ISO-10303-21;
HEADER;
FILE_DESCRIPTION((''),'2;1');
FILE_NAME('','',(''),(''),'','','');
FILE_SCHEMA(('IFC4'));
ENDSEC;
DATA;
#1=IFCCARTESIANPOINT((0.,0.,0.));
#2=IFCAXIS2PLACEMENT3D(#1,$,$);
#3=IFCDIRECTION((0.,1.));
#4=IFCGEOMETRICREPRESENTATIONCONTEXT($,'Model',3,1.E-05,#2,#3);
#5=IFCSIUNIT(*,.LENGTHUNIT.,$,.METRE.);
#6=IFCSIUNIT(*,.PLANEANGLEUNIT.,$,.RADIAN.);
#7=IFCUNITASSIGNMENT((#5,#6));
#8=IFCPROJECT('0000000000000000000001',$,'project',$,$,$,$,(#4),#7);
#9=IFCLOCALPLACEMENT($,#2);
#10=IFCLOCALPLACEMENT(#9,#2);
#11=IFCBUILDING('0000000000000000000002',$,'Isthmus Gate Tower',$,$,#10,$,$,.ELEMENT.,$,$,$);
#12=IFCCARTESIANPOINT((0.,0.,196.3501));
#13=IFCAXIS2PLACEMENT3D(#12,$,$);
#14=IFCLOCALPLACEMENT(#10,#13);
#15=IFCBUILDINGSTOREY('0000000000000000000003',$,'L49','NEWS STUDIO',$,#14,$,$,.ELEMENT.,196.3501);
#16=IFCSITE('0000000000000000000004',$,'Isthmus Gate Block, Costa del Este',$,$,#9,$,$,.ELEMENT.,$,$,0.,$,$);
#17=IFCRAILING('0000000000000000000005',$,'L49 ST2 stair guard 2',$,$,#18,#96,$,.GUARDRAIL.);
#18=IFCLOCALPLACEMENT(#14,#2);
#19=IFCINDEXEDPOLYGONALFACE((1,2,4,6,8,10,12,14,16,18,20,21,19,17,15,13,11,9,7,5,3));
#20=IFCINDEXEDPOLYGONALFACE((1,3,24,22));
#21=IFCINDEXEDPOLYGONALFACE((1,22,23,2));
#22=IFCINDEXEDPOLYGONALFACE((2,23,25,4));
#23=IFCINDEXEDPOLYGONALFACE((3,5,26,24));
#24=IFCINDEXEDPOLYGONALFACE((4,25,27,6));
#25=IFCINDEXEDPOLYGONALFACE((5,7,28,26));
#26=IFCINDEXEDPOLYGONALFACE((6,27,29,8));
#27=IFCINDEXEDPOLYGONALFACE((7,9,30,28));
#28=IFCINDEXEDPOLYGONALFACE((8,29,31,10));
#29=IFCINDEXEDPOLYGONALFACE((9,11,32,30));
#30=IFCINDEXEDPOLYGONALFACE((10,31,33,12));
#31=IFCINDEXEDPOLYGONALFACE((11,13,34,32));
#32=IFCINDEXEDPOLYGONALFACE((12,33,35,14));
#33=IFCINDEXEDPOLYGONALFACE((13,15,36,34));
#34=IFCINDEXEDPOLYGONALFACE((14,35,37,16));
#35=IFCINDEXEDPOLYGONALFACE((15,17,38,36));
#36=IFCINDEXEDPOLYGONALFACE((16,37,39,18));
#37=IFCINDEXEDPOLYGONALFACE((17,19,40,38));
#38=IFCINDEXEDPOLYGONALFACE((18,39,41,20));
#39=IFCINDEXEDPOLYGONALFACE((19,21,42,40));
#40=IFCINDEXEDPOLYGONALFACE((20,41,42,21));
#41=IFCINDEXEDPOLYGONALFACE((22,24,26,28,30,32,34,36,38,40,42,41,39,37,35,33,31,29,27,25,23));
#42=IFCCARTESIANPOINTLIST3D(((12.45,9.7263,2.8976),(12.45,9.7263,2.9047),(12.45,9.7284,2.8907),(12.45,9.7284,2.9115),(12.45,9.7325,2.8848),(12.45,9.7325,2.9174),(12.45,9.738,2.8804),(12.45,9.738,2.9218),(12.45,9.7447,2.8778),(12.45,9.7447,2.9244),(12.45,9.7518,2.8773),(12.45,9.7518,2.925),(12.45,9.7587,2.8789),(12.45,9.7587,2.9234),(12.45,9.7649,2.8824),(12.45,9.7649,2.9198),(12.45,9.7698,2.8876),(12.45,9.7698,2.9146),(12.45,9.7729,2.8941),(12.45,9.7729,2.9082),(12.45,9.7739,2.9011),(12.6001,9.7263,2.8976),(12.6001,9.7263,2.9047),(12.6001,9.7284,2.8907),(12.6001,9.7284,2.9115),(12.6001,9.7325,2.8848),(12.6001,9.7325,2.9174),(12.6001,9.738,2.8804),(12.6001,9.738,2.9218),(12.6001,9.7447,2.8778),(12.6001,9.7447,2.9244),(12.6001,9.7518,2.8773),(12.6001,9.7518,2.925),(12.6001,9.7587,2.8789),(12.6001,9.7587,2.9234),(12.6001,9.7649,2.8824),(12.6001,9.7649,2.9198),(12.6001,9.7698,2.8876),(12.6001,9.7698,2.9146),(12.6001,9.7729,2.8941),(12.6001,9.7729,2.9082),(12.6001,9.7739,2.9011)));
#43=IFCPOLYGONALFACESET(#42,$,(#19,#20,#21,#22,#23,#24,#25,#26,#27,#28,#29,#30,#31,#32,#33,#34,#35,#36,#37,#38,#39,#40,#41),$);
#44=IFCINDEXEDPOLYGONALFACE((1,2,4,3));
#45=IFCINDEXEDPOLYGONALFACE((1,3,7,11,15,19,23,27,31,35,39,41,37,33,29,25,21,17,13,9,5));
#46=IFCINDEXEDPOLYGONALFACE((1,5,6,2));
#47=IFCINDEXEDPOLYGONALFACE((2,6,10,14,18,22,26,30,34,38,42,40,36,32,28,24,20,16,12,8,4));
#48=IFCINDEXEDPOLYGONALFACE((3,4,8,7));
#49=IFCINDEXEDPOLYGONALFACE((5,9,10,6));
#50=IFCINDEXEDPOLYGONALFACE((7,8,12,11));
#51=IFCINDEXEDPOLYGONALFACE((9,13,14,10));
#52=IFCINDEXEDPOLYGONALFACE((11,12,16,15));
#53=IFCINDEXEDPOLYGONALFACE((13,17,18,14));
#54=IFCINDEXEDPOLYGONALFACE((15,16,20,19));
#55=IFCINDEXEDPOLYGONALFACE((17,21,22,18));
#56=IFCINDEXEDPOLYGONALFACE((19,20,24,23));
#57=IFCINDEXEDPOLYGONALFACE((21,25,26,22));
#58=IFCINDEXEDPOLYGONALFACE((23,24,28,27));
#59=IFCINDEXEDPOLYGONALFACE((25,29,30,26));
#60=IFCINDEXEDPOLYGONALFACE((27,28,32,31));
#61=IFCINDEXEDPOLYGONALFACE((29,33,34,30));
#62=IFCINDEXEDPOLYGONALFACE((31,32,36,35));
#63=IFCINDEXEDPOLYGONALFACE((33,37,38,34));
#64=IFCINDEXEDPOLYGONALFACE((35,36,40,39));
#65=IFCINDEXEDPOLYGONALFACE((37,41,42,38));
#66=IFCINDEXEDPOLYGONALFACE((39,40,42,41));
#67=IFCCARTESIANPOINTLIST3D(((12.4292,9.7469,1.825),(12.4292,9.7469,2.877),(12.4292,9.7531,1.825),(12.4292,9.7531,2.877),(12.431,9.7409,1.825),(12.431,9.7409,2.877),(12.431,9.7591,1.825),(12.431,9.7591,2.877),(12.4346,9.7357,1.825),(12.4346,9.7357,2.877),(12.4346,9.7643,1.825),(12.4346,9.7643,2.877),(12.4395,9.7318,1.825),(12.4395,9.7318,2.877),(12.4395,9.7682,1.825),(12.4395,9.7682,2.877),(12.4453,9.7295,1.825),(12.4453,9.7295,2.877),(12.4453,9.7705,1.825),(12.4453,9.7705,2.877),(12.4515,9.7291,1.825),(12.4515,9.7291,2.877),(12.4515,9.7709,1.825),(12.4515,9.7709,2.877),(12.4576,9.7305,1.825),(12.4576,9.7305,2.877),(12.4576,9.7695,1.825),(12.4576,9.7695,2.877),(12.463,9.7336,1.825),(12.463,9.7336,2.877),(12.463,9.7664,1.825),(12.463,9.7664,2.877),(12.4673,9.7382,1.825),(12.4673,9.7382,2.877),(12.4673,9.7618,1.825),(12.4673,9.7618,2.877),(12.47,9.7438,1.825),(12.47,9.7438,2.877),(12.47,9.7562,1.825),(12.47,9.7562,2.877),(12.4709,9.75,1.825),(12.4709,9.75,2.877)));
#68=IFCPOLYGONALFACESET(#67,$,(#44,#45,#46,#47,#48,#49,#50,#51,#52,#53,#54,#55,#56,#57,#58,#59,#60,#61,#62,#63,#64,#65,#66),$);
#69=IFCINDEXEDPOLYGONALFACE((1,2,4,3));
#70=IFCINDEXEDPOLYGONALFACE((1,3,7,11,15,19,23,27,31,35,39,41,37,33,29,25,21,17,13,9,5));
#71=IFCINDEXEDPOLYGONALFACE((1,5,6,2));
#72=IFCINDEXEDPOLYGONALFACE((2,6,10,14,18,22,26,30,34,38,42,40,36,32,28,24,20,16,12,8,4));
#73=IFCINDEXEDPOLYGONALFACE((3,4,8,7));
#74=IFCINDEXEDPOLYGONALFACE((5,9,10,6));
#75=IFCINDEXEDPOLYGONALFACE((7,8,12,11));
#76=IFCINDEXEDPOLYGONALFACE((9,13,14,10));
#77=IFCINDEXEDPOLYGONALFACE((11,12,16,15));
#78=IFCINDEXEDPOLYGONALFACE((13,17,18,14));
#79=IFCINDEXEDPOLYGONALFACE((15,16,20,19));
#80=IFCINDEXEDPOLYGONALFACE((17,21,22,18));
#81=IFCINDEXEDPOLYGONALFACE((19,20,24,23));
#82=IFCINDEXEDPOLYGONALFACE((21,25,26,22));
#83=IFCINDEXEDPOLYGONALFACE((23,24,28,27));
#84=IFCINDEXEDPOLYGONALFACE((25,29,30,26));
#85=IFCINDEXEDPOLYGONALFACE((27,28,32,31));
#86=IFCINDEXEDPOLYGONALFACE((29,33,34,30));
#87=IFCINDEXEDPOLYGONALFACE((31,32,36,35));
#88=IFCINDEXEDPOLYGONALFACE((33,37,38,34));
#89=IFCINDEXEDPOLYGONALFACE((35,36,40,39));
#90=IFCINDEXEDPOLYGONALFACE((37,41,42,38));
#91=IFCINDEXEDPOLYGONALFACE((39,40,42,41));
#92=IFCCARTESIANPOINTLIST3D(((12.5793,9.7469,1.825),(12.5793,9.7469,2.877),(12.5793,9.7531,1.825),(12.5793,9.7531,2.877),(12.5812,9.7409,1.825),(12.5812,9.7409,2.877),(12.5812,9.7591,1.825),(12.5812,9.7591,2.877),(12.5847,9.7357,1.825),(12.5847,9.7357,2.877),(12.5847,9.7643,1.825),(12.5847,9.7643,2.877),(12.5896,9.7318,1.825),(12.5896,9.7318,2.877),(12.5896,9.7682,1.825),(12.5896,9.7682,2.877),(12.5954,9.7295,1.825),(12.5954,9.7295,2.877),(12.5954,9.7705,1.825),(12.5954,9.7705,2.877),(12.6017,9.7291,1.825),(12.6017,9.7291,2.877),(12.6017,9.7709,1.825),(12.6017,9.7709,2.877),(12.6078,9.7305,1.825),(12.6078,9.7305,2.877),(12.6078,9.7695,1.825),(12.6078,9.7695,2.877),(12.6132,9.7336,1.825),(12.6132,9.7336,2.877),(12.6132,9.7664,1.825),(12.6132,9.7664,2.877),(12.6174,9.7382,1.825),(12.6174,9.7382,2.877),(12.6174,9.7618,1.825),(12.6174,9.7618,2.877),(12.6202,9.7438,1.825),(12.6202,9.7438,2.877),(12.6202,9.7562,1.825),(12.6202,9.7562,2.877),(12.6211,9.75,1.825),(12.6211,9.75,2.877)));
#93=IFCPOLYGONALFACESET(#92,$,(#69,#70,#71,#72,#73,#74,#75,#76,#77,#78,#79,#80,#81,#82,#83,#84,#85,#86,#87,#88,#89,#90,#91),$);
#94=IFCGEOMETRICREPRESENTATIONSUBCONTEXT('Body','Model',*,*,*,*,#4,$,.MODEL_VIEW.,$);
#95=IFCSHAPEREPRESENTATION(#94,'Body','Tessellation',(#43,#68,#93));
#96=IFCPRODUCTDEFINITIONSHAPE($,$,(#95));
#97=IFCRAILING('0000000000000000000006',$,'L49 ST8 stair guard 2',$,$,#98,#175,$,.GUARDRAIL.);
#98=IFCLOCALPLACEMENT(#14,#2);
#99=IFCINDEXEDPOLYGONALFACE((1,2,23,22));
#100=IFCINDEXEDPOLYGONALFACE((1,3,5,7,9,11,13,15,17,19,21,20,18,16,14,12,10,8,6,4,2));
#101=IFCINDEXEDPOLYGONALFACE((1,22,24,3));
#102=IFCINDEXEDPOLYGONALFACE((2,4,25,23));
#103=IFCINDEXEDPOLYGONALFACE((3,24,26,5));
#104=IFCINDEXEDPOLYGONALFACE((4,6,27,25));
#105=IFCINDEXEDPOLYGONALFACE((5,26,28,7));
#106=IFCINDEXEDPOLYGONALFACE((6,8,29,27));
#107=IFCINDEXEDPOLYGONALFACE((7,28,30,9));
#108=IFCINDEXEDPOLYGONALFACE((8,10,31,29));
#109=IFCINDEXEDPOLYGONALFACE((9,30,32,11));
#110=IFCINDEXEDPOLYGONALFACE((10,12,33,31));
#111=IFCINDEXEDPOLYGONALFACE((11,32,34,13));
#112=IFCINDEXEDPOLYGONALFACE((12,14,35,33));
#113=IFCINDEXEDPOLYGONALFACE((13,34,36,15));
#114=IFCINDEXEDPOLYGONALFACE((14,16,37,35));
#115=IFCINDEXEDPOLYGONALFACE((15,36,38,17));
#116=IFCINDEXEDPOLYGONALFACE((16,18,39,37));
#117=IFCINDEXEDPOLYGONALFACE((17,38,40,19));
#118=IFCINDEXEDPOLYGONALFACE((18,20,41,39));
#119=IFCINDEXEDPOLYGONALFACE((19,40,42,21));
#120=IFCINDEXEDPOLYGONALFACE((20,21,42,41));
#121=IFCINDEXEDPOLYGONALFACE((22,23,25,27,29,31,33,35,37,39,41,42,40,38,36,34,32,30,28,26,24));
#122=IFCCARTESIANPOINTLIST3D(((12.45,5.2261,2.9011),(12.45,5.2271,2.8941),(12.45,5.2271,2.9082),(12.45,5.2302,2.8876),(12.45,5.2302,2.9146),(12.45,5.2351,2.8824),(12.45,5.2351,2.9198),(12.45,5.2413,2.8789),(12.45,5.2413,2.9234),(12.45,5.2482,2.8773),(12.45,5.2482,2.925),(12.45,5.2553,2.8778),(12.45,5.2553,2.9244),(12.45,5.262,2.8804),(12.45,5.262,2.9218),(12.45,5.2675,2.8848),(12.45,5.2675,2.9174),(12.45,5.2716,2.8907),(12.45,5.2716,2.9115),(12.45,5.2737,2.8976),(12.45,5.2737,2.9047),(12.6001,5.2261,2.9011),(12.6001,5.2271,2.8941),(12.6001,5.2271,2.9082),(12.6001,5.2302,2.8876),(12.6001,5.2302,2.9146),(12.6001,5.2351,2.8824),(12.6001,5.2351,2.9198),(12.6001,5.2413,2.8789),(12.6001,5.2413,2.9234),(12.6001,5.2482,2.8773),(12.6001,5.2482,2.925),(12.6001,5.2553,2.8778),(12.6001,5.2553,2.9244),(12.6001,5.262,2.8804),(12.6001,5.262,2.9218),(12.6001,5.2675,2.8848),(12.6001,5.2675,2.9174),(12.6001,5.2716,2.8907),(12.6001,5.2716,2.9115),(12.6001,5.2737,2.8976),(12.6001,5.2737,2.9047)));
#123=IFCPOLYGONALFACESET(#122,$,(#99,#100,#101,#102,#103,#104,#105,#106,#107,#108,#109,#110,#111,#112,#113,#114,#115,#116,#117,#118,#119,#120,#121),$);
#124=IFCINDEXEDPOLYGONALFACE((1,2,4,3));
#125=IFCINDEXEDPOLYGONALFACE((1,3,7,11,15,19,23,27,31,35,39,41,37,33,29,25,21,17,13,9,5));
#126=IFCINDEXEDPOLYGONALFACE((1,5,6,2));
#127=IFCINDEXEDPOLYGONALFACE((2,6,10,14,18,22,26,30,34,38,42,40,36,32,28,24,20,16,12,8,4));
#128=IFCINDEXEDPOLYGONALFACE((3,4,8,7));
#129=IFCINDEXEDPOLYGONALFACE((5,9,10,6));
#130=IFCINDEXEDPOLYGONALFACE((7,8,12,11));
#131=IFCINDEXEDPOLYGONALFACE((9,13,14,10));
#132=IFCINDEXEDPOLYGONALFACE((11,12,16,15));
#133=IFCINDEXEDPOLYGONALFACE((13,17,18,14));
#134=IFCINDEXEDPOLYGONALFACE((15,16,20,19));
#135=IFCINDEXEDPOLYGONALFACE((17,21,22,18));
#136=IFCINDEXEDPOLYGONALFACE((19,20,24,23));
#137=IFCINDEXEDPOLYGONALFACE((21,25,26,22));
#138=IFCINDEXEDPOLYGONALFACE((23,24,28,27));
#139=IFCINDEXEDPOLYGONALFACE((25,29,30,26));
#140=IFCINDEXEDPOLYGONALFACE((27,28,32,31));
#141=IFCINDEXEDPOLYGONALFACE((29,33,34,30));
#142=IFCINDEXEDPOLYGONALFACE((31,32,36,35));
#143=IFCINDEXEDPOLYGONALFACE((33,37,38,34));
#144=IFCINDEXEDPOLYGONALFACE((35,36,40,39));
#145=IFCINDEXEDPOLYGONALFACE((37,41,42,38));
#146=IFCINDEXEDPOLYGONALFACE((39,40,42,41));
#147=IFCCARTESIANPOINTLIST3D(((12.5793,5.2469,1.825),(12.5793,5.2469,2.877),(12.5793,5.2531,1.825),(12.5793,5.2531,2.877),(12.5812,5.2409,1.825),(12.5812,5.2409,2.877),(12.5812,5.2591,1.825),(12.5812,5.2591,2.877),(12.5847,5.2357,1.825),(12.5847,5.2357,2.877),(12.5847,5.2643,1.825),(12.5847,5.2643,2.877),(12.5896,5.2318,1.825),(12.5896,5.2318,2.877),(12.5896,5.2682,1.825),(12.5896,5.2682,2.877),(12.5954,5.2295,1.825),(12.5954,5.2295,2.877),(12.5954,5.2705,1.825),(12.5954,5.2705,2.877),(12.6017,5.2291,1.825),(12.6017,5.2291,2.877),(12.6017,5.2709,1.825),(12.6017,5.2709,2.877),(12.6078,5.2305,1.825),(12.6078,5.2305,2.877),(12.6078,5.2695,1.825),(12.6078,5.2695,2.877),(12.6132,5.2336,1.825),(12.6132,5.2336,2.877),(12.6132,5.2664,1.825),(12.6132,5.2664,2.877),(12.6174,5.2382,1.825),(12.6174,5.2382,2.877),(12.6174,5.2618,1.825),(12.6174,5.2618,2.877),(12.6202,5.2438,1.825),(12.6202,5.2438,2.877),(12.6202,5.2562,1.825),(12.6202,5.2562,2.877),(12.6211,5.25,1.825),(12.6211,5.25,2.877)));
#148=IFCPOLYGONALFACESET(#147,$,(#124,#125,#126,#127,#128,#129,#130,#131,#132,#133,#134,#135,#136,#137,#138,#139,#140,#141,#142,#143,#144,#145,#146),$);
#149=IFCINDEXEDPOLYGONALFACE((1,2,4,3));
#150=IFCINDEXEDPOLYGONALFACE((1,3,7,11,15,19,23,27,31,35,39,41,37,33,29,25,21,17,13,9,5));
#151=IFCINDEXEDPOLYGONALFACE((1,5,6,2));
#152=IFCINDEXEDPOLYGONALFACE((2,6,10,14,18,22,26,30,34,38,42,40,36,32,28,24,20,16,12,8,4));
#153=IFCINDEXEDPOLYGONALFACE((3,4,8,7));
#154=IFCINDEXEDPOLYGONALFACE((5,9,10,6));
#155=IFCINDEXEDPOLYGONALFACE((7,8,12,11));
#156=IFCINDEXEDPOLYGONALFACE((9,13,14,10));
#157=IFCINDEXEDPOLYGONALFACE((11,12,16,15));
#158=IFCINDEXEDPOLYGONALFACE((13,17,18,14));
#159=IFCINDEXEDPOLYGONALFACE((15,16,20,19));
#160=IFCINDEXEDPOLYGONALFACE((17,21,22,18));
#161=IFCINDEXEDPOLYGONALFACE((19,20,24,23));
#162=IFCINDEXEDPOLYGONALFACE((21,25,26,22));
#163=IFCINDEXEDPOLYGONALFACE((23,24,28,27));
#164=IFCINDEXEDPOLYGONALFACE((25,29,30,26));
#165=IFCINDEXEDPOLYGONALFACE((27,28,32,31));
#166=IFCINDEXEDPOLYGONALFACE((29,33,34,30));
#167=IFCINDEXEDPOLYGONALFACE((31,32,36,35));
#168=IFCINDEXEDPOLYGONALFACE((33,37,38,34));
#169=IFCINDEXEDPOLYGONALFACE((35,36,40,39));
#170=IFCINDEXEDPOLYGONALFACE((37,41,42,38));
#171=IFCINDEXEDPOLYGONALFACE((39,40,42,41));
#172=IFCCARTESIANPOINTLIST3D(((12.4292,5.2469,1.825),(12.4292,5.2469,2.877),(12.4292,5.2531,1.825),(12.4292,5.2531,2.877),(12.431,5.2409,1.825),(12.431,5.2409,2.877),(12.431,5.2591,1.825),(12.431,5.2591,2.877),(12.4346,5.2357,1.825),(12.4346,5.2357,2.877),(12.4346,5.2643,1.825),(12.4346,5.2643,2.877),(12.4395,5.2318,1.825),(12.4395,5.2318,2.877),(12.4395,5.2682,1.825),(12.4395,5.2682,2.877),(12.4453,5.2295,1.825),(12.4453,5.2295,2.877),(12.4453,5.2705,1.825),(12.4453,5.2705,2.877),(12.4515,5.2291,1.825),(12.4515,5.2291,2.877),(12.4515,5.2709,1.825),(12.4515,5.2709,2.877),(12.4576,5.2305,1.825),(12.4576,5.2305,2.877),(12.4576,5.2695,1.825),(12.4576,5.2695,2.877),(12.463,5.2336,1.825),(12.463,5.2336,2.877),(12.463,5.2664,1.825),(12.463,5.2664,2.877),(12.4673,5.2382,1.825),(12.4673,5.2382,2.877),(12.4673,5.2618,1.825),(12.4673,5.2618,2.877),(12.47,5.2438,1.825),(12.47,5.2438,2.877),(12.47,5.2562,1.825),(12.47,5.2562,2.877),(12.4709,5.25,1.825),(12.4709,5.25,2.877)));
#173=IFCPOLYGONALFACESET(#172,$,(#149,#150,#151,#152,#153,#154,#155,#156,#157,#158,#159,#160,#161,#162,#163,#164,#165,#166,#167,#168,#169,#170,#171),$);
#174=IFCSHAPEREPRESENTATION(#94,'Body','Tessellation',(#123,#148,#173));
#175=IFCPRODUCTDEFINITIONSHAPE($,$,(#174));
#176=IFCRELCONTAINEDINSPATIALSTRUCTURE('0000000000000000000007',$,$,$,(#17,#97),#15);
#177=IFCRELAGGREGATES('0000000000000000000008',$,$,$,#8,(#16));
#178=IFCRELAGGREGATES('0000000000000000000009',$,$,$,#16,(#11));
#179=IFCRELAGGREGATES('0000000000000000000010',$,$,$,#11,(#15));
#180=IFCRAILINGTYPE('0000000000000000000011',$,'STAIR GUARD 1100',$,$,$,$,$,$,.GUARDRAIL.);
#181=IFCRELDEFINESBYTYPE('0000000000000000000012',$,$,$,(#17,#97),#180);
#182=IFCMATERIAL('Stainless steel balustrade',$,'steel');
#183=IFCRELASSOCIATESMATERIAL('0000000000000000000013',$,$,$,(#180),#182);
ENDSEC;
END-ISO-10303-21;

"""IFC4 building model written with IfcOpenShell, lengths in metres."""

from ifc_helpers import new_model, si_unit, direction, frame, origin, origin_2d, place, context, subcontext, project, spatial, circle, extrude, material, type_object, element, save


model = new_model("IFC4")

# Units and contexts
model_context = context("Model", 3, precision=1e-05, world=origin(), true_north=direction((0.0, 1.0)))
body_context = subcontext(model_context, "Body", "Model", "MODEL_VIEW")
ifc_project = project(units=[si_unit("LENGTHUNIT", "METRE"), si_unit("PLANEANGLEUNIT", "RADIAN")], contexts=[model_context])

# Site, building, storey
site_placement = place(None, origin())
site = spatial("IfcSite", under=ifc_project, at=site_placement, Name="Isthmus Gate Block, Costa del Este", CompositionType="ELEMENT", RefElevation=0.0)
building_placement = place(site_placement, origin())
building = spatial("IfcBuilding", under=site, at=building_placement, Name="Isthmus Gate Tower", CompositionType="ELEMENT")
storey_placement = place(building_placement, frame((0.0, 0.0, 196.3501)))
storey = spatial("IfcBuildingStorey", under=building, at=storey_placement, Name="L49", Description="NEWS STUDIO", CompositionType="ELEMENT", Elevation=196.3501)

# Railings
ifc_material_1 = material(Name="Stainless steel balustrade", Category="steel")
railing_type_1 = type_object("IfcRailingType", Name="STAIR GUARD 1100", PredefinedType="GUARDRAIL", material=ifc_material_1)
railing_1_placement = place(storey_placement, frame((12.45, 9.75, 1.825)))
element("IfcRailing", 1, at=railing_1_placement, inside=storey, type_object=railing_type_1, Name="L49 ST2 stair guard 2", PredefinedType="GUARDRAIL", context=body_context, shape_type="SweptSolid", body=[
    extrude(circle(Radius=0.0239, at=origin_2d()), frame((0.0, 0.0, 1.0762), z_axis=(1.0, 0.0, 0.0), x_axis=(0.0, 1.0, 0.0)), (0.0, 0.0, 1.0), 0.1501),
    extrude(circle(Radius=0.021, at=origin_2d()), origin(), (0.0, 0.0, 1.0), 1.052),
    extrude(circle(Radius=0.021, at=origin_2d()), frame((0.1501, 0.0, 0.0)), (0.0, 0.0, 1.0), 1.052),
])
railing_2_placement = place(storey_placement, frame((12.6001, 5.25, 1.825)))
element("IfcRailing", 2, at=railing_2_placement, inside=storey, type_object=railing_type_1, Name="L49 ST8 stair guard 2", PredefinedType="GUARDRAIL", context=body_context, shape_type="SweptSolid", body=[
    extrude(circle(Radius=0.0239, at=origin_2d()), frame((0.0, 0.0, 1.0762), z_axis=(-1.0, 0.0, 0.0), x_axis=(0.0, -1.0, 0.0)), (0.0, 0.0, 1.0), 0.1501),
    extrude(circle(Radius=0.021, at=origin_2d()), origin(), (0.0, 0.0, 1.0), 1.052),
    extrude(circle(Radius=0.021, at=origin_2d()), frame((-0.1501, 0.0, 0.0)), (0.0, 0.0, 1.0), 1.052),
])

save(model, "model.ifc")
